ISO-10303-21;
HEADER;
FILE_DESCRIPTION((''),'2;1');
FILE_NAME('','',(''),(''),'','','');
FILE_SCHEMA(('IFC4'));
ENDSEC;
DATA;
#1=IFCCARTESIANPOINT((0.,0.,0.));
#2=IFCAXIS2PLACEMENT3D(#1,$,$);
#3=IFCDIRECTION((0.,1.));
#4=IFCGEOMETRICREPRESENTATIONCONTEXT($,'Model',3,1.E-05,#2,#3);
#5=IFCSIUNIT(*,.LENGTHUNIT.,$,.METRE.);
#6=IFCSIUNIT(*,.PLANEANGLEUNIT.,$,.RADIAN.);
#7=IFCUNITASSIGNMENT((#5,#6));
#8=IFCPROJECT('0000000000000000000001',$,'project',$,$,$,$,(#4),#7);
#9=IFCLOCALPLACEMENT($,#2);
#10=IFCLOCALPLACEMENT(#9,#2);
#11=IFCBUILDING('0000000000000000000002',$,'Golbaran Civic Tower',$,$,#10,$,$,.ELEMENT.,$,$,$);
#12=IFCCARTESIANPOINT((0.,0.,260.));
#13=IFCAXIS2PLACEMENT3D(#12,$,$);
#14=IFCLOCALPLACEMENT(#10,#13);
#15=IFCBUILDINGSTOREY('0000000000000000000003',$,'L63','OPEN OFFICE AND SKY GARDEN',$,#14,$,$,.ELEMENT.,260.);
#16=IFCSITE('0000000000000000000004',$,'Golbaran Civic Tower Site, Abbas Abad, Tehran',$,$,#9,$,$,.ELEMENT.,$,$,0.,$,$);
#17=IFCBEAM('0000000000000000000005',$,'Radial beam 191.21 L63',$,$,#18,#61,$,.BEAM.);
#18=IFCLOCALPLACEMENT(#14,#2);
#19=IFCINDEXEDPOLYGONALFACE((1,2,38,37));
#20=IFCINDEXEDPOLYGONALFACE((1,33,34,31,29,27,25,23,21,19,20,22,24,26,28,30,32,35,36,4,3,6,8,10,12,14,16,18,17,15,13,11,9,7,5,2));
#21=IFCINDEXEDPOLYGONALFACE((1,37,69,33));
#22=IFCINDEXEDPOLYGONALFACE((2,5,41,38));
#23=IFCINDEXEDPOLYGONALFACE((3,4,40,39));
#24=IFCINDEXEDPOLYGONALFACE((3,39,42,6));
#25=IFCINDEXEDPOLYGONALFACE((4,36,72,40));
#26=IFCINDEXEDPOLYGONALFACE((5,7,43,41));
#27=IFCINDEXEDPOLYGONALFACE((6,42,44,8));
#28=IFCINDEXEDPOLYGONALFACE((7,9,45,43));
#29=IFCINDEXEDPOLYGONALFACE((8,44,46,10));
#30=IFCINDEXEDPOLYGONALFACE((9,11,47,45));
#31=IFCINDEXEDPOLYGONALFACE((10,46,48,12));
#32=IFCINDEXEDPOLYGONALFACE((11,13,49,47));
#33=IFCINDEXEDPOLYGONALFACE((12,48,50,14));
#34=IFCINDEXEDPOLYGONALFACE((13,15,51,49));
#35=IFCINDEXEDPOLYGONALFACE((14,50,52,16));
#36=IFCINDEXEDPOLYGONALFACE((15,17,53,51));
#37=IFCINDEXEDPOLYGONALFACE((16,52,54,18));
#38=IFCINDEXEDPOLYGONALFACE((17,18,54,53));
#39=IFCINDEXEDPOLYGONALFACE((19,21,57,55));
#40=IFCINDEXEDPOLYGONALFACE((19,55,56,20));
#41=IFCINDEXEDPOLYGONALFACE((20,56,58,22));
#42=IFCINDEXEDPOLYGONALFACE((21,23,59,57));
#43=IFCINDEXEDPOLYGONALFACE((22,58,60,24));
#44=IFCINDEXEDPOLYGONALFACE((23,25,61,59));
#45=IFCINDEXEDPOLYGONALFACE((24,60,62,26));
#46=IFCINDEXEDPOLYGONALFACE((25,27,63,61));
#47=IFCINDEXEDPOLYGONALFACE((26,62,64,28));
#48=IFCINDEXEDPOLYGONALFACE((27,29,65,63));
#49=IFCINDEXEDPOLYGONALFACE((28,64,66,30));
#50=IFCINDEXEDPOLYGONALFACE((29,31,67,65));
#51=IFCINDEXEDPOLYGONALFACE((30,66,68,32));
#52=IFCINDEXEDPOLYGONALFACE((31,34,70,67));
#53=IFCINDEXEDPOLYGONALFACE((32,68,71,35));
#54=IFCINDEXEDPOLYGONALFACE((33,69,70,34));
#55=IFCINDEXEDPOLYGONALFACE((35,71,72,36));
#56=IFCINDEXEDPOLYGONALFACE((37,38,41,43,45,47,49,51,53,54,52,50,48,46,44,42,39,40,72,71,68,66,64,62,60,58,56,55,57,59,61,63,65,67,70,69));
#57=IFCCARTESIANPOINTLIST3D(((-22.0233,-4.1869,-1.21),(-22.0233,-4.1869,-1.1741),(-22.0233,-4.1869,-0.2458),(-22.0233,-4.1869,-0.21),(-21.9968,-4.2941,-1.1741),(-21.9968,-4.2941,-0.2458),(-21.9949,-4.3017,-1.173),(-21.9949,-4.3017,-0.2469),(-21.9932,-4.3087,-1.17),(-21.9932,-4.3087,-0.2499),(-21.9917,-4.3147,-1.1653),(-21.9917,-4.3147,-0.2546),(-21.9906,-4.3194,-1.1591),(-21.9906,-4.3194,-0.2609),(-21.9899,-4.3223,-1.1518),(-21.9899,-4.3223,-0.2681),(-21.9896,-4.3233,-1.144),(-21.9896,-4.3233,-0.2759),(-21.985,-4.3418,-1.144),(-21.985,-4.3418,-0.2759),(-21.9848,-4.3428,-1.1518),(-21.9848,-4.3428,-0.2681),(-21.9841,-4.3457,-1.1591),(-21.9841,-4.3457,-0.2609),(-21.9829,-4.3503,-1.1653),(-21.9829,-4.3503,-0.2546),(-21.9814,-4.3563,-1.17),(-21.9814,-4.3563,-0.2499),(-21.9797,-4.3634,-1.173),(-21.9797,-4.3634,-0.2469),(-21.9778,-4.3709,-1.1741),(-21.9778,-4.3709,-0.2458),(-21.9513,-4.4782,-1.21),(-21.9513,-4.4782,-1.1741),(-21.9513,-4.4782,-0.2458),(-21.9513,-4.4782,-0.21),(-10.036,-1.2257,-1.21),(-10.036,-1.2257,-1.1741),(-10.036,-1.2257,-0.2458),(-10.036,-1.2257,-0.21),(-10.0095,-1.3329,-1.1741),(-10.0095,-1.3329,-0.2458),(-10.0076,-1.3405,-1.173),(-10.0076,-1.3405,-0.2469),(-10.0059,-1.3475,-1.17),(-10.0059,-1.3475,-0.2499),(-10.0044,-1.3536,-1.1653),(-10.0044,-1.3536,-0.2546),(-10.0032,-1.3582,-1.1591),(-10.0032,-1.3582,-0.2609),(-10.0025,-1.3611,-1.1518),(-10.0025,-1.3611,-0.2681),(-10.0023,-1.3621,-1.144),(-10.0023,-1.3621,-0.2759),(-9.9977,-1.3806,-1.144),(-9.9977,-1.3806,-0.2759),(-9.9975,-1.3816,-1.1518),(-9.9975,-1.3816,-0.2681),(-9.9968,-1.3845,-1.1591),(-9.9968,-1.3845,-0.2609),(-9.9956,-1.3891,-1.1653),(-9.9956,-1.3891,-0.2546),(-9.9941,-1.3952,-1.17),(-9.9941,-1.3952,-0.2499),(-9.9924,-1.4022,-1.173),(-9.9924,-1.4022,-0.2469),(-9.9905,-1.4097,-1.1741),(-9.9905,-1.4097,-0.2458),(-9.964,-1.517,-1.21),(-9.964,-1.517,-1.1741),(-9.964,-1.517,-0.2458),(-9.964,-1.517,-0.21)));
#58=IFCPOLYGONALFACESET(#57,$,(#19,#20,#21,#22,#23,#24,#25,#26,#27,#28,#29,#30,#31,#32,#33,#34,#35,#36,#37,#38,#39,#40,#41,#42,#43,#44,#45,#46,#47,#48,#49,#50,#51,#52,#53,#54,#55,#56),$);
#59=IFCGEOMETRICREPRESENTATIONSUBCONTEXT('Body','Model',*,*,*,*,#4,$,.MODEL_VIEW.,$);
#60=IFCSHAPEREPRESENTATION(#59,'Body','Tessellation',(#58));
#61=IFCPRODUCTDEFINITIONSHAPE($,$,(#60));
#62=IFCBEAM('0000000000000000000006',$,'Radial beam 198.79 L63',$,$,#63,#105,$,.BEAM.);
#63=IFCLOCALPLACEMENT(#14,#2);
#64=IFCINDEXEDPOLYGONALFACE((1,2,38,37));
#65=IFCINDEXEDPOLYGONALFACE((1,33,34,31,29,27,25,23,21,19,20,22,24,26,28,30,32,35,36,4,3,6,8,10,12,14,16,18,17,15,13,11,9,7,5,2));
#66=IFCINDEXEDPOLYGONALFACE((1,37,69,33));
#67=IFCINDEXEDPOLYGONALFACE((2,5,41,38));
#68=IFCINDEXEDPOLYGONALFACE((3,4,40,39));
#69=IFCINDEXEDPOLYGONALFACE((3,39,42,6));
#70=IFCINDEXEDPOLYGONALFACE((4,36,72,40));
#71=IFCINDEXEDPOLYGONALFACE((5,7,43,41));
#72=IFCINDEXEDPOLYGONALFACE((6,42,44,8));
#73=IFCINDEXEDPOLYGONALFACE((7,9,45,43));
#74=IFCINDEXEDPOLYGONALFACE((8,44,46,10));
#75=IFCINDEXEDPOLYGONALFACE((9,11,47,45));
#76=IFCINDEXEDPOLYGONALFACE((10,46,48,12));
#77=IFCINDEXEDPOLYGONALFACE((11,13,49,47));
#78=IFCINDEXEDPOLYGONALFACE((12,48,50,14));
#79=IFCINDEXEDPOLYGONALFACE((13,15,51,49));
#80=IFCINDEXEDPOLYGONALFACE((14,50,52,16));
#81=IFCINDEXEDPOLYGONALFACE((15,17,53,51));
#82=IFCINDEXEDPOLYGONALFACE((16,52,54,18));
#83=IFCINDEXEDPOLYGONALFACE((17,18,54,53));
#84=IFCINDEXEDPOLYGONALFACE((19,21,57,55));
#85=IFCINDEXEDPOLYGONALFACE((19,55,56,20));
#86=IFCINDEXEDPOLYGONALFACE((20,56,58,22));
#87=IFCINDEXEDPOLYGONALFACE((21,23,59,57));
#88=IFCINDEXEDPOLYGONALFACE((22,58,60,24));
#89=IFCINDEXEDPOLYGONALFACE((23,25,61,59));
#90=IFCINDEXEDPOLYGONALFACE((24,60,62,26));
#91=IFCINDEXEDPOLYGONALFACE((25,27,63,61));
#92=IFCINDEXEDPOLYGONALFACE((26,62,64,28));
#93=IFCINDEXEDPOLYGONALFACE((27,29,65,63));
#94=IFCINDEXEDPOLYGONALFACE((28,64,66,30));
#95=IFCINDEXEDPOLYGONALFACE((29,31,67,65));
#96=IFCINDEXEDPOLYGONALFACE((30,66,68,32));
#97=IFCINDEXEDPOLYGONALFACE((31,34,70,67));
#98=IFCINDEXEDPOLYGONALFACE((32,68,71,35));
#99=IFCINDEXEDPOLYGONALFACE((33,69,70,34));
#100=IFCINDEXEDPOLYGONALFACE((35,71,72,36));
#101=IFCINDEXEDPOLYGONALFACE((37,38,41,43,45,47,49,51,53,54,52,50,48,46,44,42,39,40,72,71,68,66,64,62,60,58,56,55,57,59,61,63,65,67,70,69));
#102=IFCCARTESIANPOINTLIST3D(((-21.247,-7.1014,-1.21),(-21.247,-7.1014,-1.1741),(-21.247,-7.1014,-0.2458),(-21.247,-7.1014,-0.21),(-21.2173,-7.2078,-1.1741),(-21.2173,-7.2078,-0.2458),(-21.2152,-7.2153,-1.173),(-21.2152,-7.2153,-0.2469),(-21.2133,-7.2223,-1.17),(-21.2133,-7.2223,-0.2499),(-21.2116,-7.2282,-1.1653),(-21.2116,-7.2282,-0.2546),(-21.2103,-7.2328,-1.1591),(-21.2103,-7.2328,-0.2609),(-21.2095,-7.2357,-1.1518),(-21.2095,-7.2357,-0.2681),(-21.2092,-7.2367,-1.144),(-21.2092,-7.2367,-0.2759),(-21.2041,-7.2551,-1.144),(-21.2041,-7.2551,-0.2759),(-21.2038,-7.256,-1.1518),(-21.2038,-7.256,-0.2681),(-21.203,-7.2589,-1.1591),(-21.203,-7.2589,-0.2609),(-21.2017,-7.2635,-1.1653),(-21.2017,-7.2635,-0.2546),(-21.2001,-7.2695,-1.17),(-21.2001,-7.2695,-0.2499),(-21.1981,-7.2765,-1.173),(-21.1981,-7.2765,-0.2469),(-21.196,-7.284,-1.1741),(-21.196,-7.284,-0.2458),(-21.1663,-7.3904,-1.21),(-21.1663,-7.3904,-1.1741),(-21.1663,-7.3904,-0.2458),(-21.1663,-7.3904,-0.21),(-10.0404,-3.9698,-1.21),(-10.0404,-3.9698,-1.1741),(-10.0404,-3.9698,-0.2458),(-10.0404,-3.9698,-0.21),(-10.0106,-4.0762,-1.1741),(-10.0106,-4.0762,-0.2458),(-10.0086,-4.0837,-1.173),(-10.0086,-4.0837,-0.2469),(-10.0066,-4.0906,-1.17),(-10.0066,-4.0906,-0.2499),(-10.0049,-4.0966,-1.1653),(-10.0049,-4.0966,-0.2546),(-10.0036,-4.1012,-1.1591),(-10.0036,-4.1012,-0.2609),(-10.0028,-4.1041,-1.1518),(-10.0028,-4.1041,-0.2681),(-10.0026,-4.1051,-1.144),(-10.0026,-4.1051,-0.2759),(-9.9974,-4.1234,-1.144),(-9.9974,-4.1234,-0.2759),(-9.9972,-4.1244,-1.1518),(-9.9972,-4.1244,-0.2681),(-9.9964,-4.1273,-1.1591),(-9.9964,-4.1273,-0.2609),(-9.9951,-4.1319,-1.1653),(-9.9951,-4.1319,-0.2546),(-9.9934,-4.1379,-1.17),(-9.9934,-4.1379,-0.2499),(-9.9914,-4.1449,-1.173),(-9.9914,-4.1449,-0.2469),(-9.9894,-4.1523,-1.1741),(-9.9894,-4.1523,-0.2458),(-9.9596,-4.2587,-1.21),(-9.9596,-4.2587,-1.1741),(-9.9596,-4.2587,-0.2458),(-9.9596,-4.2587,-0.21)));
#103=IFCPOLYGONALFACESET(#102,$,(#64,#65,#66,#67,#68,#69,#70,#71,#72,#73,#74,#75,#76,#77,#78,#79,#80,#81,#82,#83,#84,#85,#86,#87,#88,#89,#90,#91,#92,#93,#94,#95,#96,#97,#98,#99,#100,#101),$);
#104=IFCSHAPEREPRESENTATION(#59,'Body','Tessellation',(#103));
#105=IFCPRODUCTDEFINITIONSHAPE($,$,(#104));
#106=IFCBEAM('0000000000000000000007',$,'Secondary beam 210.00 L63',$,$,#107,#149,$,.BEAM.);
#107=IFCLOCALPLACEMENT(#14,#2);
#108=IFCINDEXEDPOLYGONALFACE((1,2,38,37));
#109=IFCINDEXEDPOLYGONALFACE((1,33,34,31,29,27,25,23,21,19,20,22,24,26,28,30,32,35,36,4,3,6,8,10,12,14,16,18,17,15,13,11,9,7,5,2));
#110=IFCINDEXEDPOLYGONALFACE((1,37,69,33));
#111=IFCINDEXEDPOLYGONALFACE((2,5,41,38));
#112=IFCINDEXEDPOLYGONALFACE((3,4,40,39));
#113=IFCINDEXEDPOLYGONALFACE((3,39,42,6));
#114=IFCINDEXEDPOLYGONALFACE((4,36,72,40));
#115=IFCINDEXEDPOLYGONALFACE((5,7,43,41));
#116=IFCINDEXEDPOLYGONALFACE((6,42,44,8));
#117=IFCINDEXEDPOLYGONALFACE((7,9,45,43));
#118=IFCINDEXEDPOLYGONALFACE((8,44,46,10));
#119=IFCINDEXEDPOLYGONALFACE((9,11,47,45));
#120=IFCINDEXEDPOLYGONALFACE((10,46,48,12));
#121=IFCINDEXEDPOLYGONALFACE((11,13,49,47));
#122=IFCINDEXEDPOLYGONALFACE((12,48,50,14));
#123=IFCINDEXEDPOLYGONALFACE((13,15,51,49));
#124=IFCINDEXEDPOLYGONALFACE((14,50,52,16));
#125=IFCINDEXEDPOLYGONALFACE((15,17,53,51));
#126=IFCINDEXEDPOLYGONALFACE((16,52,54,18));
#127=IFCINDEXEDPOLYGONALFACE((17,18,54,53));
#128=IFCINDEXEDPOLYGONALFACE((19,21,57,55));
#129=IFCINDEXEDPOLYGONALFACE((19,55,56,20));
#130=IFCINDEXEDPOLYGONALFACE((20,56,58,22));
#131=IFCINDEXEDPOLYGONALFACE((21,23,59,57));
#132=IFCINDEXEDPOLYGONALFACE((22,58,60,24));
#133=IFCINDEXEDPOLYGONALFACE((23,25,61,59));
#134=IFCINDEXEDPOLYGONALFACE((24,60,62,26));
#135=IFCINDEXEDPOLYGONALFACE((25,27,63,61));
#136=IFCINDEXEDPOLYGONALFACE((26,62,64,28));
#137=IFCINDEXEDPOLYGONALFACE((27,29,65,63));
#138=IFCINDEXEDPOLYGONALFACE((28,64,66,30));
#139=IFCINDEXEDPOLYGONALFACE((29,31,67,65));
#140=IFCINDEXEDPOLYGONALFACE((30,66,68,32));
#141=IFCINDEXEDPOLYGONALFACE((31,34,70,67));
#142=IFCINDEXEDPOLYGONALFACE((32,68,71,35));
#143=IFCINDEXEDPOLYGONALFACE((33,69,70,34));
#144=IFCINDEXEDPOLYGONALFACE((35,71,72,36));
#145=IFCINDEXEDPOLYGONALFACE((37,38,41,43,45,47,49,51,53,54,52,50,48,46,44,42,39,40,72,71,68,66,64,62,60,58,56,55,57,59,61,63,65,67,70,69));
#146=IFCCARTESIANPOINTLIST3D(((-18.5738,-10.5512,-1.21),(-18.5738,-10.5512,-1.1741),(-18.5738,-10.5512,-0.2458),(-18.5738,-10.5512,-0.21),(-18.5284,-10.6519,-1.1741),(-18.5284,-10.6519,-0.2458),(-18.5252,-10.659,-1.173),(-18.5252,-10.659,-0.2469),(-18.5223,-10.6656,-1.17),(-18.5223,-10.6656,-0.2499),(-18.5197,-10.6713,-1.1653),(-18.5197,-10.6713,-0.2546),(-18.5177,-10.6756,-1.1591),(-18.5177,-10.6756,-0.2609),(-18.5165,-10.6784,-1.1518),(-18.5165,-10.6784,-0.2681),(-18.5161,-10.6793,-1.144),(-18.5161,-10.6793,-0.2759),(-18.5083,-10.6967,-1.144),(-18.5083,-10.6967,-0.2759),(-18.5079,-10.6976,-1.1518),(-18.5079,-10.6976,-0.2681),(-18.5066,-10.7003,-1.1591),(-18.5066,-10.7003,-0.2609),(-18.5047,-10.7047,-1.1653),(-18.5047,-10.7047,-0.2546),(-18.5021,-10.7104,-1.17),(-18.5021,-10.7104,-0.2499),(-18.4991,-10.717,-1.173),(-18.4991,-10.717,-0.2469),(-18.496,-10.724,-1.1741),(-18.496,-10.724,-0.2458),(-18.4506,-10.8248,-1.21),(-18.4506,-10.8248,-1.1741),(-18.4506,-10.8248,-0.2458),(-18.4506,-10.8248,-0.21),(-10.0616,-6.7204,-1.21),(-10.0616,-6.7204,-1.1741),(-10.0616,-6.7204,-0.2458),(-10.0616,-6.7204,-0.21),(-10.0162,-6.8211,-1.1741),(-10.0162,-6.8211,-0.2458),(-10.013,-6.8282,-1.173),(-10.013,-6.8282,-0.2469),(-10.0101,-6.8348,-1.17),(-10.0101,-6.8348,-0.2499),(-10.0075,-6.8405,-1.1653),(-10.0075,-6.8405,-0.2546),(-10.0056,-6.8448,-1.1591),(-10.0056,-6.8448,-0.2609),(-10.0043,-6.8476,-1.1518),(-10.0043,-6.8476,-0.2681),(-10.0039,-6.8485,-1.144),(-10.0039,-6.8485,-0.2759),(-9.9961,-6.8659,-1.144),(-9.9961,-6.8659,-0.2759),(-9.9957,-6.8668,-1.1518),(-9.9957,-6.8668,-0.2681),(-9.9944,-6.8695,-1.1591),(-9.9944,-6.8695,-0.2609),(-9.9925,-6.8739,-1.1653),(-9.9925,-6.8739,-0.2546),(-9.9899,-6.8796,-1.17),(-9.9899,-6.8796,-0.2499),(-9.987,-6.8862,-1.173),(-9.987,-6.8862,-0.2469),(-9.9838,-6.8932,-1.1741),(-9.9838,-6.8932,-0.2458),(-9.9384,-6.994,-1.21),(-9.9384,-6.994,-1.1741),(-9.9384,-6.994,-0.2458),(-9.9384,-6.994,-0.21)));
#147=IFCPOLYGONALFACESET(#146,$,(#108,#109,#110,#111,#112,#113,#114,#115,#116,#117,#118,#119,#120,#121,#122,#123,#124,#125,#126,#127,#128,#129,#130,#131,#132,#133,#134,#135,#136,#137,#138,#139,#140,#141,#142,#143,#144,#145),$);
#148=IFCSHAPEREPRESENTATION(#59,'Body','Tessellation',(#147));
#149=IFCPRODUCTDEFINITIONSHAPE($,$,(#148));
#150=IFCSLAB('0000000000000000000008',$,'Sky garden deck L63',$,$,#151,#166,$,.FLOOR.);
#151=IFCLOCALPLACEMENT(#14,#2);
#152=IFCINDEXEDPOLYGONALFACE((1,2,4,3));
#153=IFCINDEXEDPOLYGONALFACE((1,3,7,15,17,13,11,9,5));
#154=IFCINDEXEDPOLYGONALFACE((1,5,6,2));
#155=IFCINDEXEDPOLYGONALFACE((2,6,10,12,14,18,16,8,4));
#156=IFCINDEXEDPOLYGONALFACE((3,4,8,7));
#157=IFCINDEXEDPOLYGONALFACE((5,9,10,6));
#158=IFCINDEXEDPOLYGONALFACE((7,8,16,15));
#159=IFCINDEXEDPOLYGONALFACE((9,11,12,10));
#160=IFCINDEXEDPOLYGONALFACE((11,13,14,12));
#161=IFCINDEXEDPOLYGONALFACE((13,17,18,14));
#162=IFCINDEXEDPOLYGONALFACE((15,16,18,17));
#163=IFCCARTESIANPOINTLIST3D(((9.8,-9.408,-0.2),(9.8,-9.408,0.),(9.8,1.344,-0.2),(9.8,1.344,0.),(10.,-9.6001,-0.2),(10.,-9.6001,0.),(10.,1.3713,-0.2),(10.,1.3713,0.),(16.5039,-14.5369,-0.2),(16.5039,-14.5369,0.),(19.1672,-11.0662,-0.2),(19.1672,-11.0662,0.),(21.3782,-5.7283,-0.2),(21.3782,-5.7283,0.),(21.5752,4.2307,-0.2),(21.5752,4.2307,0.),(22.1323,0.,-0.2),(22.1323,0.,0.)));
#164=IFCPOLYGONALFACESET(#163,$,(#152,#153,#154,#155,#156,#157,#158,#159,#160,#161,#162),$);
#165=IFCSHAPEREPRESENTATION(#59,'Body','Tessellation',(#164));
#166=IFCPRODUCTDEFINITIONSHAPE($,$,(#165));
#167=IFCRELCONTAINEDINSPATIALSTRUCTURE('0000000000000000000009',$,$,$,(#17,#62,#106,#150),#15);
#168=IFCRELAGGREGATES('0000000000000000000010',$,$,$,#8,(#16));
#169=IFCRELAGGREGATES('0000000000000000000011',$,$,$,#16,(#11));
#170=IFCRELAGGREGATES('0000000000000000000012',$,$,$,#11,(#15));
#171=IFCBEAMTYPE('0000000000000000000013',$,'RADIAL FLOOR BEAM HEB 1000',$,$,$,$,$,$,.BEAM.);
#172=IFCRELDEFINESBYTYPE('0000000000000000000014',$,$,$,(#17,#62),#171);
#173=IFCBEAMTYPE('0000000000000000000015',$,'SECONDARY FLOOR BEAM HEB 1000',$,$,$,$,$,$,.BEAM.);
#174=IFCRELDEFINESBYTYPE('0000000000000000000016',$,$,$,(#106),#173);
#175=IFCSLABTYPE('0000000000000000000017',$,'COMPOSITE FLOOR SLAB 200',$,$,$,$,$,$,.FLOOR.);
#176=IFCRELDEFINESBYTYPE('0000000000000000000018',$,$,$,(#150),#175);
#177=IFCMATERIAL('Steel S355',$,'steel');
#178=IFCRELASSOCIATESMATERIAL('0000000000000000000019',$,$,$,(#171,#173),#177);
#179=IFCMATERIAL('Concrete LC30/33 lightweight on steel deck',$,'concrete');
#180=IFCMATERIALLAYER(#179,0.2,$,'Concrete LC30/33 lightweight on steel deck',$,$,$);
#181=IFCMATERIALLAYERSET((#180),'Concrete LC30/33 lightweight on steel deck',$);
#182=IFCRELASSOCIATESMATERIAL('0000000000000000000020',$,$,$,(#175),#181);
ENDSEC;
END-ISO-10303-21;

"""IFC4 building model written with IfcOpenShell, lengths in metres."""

from ifc_helpers import new_model, si_unit, direction, frame, origin, origin_2d, place, context, subcontext, project, spatial, polyline, i_section, outline, extrude, material, layer, layer_set, material_profile, profile_set, type_object, element, save


model = new_model("IFC4")

# Units and contexts
model_context = context("Model", 3, precision=1e-05, world=origin(), true_north=direction((0.0, 1.0)))
body_context = subcontext(model_context, "Body", "Model", "MODEL_VIEW")
ifc_project = project(units=[si_unit("LENGTHUNIT", "METRE"), si_unit("PLANEANGLEUNIT", "RADIAN")], contexts=[model_context])

# Site, building, storey
site_placement = place(None, origin())
site = spatial("IfcSite", under=ifc_project, at=site_placement, Name="Golbaran Civic Tower Site, Abbas Abad, Tehran", CompositionType="ELEMENT", RefElevation=0.0)
building_placement = place(site_placement, origin())
building = spatial("IfcBuilding", under=site, at=building_placement, Name="Golbaran Civic Tower", CompositionType="ELEMENT")
storey_placement = place(building_placement, frame((0.0, 0.0, 260.0)))
storey = spatial("IfcBuildingStorey", under=building, at=storey_placement, Name="L63", Description="OPEN OFFICE AND SKY GARDEN", CompositionType="ELEMENT", Elevation=260.0)

# Beams
ifc_material_1 = material(Name="Steel S355", Category="steel")
ifc_material_profile_1 = material_profile(ifc_material_1, i_section(OverallWidth=0.3, OverallDepth=1.0, WebThickness=0.019, FlangeThickness=0.0359, FilletRadius=0.03, at=origin_2d()), Name="HEB 1000")
ifc_profile_set_1 = profile_set([ifc_material_profile_1], Name="Steel S355")
beam_type_1 = type_object("IfcBeamType", Name="RADIAL FLOOR BEAM HEB 1000", PredefinedType="BEAM", material=ifc_profile_set_1)
beam_1_placement = place(storey_placement, frame((-10.0, -1.3713, -0.71), z_axis=(-0.970818, -0.239818, 0.0), x_axis=(0.239818, -0.970818, 0.0)))
element("IfcBeam", 1, at=beam_1_placement, inside=storey, type_object=beam_type_1, Name="Radial beam 191.21 L63", PredefinedType="BEAM", context=body_context, shape_type="SweptSolid", body=[
    extrude(i_section(OverallWidth=0.3, OverallDepth=1.0, WebThickness=0.019, FlangeThickness=0.0359, FilletRadius=0.03, at=origin_2d()), origin(), (0.0, 0.0, 1.0), 12.3477),
])
beam_2_placement = place(storey_placement, frame((-10.0, -4.1143, -0.71), z_axis=(-0.963103, -0.269133, 0.0), x_axis=(0.269133, -0.963103, 0.0)))
element("IfcBeam", 2, at=beam_2_placement, inside=storey, type_object=beam_type_1, Name="Radial beam 198.79 L63", PredefinedType="BEAM", context=body_context, shape_type="SweptSolid", body=[
    extrude(i_section(OverallWidth=0.3, OverallDepth=1.0, WebThickness=0.019, FlangeThickness=0.0359, FilletRadius=0.03, at=origin_2d()), origin(), (0.0, 0.0, 1.0), 11.636),
])
ifc_material_profile_2 = material_profile(ifc_material_1, i_section(OverallWidth=0.3, OverallDepth=1.0, WebThickness=0.019, FlangeThickness=0.0359, FilletRadius=0.03, at=origin_2d()), Name="HEB 1000")
ifc_profile_set_2 = profile_set([ifc_material_profile_2], Name="Steel S355")
beam_type_2 = type_object("IfcBeamType", Name="SECONDARY FLOOR BEAM HEB 1000", PredefinedType="BEAM", material=ifc_profile_set_2)
beam_3_placement = place(storey_placement, frame((-10.0, -6.8572, -0.71), z_axis=(-0.911909, -0.410393, 0.0), x_axis=(0.410393, -0.911909, 0.0)))
element("IfcBeam", 3, at=beam_3_placement, inside=storey, type_object=beam_type_2, Name="Secondary beam 210.00 L63", PredefinedType="BEAM", context=body_context, shape_type="SweptSolid", body=[
    extrude(i_section(OverallWidth=0.3, OverallDepth=1.0, WebThickness=0.019, FlangeThickness=0.0359, FilletRadius=0.03, at=origin_2d()), origin(), (0.0, 0.0, 1.0), 9.3345),
])

# Slab
ifc_material_2 = material(Name="Concrete LC30/33 lightweight on steel deck", Category="concrete")
ifc_layer_1 = layer(ifc_material_2, 0.2, Name="Concrete LC30/33 lightweight on steel deck")
ifc_layer_set_1 = layer_set([ifc_layer_1], Name="Concrete LC30/33 lightweight on steel deck")
slab_type_1 = type_object("IfcSlabType", Name="COMPOSITE FLOOR SLAB 200", PredefinedType="FLOOR", material=ifc_layer_set_1)
slab_1_placement = place(storey_placement, frame((0.0, 0.0, -0.2)))
element("IfcSlab", 4, at=slab_1_placement, inside=storey, type_object=slab_type_1, Name="Sky garden deck L63", PredefinedType="FLOOR", context=body_context, shape_type="SweptSolid", body=[
    extrude(outline(polyline([(16.5039, -14.5369), (10.0, -9.6001), (9.8, -9.408), (9.8, 1.344), (10.0, 1.3713), (21.5752, 4.2307), (22.1323, 0.0), (21.3782, -5.7283), (19.1672, -11.0662), (16.5039, -14.5369)])), origin(), (0.0, 0.0, 1.0), 0.2),
])

save(model, "model.ifc")
